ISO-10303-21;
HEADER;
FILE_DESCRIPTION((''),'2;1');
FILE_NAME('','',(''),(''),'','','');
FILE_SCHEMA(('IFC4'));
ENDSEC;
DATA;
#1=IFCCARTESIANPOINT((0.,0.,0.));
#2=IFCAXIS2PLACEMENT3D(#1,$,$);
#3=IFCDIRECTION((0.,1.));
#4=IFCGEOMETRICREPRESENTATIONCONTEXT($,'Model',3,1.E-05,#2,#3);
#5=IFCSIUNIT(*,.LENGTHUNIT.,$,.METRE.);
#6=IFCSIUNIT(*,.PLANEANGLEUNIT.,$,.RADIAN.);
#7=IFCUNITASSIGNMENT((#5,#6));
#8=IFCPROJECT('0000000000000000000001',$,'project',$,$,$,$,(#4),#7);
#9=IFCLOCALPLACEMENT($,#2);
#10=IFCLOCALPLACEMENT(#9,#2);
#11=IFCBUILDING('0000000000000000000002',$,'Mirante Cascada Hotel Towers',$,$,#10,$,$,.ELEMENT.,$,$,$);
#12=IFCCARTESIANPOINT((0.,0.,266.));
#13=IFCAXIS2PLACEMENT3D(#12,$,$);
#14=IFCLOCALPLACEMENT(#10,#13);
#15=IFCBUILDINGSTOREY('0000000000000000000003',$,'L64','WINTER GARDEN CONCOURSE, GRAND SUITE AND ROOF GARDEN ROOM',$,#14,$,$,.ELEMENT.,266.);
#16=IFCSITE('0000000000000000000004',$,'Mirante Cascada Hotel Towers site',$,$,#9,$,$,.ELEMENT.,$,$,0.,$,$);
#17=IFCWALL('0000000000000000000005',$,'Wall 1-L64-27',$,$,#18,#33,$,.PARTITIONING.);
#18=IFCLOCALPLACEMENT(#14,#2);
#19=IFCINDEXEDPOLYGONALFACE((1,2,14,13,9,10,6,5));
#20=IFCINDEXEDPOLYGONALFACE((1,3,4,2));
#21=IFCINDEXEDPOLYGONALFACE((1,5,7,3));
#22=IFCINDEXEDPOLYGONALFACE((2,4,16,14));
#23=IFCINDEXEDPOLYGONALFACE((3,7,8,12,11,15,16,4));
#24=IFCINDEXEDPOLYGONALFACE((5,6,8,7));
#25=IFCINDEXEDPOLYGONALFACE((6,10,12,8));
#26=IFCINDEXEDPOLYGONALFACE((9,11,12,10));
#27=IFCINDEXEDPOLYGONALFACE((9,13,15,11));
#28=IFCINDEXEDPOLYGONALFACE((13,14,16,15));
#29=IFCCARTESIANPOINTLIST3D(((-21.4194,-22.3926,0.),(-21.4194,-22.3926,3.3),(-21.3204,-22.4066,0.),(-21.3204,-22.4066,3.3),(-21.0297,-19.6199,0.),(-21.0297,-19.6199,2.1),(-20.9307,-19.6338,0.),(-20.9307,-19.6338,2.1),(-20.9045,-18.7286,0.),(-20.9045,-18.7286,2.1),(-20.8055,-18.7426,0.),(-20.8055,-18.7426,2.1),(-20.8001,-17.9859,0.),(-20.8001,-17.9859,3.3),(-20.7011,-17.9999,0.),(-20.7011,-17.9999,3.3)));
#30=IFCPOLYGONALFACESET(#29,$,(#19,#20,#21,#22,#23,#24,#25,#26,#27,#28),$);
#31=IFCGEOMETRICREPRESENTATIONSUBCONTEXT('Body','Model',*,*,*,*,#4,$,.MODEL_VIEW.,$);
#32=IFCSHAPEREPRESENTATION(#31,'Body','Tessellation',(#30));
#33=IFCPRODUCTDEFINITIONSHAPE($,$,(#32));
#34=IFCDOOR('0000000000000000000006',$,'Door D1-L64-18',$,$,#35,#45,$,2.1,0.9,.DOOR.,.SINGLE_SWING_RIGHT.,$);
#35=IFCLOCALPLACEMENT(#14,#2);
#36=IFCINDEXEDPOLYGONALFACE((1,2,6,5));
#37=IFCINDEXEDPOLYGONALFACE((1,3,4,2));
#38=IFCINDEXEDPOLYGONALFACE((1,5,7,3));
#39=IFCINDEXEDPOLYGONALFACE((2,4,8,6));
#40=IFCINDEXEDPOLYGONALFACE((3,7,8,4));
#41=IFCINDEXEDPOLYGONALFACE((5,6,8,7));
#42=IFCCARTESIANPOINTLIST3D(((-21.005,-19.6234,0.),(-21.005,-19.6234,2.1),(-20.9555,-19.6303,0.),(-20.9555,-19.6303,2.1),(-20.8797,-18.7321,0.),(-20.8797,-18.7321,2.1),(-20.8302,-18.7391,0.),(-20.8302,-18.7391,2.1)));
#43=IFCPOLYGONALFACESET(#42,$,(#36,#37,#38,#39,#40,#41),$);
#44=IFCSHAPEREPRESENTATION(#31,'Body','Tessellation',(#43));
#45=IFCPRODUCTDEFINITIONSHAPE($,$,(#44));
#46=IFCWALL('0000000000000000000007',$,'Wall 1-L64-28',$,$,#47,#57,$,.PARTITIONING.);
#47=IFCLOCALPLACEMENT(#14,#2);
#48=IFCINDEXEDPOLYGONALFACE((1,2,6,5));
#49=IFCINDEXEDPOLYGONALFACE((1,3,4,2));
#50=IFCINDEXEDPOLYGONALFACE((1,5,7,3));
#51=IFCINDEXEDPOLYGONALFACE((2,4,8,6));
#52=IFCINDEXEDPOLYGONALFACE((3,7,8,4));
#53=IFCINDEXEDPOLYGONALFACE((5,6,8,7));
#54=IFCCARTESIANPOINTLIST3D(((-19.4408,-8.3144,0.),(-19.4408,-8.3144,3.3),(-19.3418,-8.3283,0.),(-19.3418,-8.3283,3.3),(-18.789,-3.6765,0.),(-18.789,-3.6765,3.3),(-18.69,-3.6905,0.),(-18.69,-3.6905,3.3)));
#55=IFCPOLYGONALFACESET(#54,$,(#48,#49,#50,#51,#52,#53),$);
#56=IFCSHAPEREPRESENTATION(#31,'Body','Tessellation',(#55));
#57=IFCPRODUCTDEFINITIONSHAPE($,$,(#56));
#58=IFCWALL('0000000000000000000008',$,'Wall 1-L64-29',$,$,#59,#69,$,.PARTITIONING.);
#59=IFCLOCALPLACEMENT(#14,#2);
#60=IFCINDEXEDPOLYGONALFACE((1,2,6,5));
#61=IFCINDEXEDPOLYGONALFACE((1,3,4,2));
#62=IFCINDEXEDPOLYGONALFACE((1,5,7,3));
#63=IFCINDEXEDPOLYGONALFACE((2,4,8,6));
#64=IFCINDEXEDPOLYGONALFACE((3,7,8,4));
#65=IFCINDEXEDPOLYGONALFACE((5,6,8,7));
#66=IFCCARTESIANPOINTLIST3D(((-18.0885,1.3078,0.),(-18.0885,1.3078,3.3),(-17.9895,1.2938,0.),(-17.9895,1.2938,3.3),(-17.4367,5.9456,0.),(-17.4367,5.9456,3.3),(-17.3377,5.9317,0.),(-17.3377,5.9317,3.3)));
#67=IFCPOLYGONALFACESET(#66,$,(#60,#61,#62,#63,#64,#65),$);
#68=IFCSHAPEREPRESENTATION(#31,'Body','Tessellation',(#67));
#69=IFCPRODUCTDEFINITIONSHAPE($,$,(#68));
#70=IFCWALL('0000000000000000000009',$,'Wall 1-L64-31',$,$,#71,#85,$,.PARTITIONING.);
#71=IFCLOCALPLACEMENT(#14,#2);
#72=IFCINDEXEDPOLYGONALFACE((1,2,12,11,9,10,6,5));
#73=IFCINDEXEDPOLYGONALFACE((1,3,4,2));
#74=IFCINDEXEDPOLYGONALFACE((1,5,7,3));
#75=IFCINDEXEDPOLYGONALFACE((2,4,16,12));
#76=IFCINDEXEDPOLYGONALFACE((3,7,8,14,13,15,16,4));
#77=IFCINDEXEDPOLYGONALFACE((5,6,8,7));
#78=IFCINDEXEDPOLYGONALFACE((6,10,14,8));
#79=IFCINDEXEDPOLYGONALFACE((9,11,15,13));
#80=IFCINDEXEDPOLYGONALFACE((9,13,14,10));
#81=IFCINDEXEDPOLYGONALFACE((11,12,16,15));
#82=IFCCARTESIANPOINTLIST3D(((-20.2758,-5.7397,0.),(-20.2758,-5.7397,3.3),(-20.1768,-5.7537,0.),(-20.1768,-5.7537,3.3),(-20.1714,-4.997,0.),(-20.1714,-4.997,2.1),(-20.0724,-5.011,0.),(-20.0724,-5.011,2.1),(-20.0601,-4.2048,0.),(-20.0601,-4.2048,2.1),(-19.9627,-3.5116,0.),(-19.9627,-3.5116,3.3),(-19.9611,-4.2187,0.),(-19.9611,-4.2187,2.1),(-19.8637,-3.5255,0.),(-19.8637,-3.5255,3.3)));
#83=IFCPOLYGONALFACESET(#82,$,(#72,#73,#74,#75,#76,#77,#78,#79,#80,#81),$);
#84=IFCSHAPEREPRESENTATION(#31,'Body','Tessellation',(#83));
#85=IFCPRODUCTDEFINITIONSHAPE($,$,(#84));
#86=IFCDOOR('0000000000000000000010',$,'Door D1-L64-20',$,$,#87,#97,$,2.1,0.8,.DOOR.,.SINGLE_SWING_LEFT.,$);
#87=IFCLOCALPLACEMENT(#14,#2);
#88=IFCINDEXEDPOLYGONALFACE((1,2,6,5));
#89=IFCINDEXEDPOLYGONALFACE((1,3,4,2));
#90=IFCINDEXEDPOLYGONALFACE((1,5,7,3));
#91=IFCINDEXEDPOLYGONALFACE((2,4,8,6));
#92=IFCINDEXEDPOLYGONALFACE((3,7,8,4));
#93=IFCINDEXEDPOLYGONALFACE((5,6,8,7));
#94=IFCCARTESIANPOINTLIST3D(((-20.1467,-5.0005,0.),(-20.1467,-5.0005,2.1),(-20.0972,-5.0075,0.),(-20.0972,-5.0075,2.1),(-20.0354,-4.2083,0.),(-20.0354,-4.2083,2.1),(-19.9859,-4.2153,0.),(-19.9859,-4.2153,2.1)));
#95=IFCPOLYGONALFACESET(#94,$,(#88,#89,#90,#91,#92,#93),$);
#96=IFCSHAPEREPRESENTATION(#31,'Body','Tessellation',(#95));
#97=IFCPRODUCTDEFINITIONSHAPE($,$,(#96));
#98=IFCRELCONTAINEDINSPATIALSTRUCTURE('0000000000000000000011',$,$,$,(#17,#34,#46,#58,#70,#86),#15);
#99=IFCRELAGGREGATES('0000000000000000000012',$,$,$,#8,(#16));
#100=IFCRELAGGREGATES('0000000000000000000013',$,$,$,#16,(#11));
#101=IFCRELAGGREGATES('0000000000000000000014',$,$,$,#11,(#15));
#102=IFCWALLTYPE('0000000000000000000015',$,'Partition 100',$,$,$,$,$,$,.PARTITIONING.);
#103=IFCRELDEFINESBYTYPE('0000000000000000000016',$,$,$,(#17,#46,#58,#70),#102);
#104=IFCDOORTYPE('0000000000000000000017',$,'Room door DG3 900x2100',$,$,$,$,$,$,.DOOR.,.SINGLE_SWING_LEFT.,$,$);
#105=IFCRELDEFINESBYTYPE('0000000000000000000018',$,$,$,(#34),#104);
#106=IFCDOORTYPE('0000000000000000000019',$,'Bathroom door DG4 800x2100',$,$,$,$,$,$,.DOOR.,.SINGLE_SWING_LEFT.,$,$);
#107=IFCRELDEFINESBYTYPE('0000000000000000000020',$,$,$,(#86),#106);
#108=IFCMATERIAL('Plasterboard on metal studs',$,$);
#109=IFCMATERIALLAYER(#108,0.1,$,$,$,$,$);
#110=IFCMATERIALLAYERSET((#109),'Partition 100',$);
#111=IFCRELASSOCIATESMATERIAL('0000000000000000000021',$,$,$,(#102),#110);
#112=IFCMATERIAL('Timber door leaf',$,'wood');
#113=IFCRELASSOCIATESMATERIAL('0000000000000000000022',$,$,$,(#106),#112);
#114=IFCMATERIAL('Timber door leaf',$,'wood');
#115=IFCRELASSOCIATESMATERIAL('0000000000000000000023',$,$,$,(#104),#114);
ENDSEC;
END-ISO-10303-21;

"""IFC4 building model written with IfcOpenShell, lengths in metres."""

from ifc_helpers import new_model, si_unit, direction, frame, frame_2d, origin, place, context, subcontext, project, spatial, rectangle, extrude, material, layer, layer_set, type_object, element, fill, save


model = new_model("IFC4")

# Units and contexts
model_context = context("Model", 3, precision=1e-05, world=origin(), true_north=direction((0.0, 1.0)))
body_context = subcontext(model_context, "Body", "Model", "MODEL_VIEW")
ifc_project = project(units=[si_unit("LENGTHUNIT", "METRE"), si_unit("PLANEANGLEUNIT", "RADIAN")], contexts=[model_context])

# Site, building, storey
site_placement = place(None, origin())
site = spatial("IfcSite", under=ifc_project, at=site_placement, Name="Mirante Cascada Hotel Towers site", CompositionType="ELEMENT", RefElevation=0.0)
building_placement = place(site_placement, origin())
building = spatial("IfcBuilding", under=site, at=building_placement, Name="Mirante Cascada Hotel Towers", CompositionType="ELEMENT")
storey_placement = place(building_placement, frame((0.0, 0.0, 266.0)))
storey = spatial("IfcBuildingStorey", under=building, at=storey_placement, Name="L64", Description="WINTER GARDEN CONCOURSE, GRAND SUITE AND ROOF GARDEN ROOM", CompositionType="ELEMENT", Elevation=266.0)

# Shared definitions
ifc_material_1 = material(Name="Plasterboard on metal studs")
ifc_layer_1 = layer(ifc_material_1, 0.1)
ifc_layer_set_1 = layer_set([ifc_layer_1], Name="Partition 100")
wall_type_1 = type_object("IfcWallType", Name="Partition 100", PredefinedType="PARTITIONING", material=ifc_layer_set_1)

# Wall, opening, door
ifc_material_2 = material(Name="Timber door leaf", Category="wood")
door_type_1 = type_object("IfcDoorType", Name="Bathroom door DG4 800x2100", OperationType="SINGLE_SWING_LEFT", PredefinedType="DOOR", material=ifc_material_2)
wall_1_placement = place(storey_placement, frame((-21.3699, -22.3996, 0.0), z_axis=(0.0, 0.0, 1.0), x_axis=(0.139168, 0.990269, 0.0)))
wall_1 = element("IfcWall", 1, at=wall_1_placement, inside=storey, type_object=wall_type_1, Name="Wall 1-L64-27", PredefinedType="PARTITIONING", context=body_context, shape_type="SweptSolid", body=[
    extrude(rectangle(XDim=4.45, YDim=0.1, at=frame_2d((2.225, 0.0))), origin(), (0.0, 0.0, 1.0), 3.3),
])
opening_1_placement = place(wall_1_placement, frame((2.8, 0.0, 0.0)))
opening_1 = element("IfcOpeningElement", 2, at=opening_1_placement, cuts=wall_1, PredefinedType="OPENING", context=body_context, shape_type="SweptSolid", body=[
    extrude(rectangle(XDim=0.9, YDim=2.1, at=frame_2d((0.45, 1.05))), frame((0.0, 0.05, 0.0), z_axis=(0.0, -1.0, 0.0), x_axis=(1.0, 0.0, 0.0)), (0.0, 0.0, 1.0), 0.1),
])
ifc_material_3 = material(Name="Timber door leaf", Category="wood")
door_type_2 = type_object("IfcDoorType", Name="Room door DG3 900x2100", OperationType="SINGLE_SWING_LEFT", PredefinedType="DOOR", material=ifc_material_3)
door_1_placement = place(opening_1_placement, frame((0.9, 0.0, 0.0), z_axis=(0.0, 0.0, 1.0), x_axis=(-1.0, 0.0, 0.0)))
door_1 = element("IfcDoor", 3, at=door_1_placement, inside=storey, type_object=door_type_2, Name="Door D1-L64-18", OperationType="SINGLE_SWING_RIGHT", OverallHeight=2.1, OverallWidth=0.9, PredefinedType="DOOR", context=body_context, shape_type="SweptSolid", body=[
    extrude(rectangle(XDim=0.9, YDim=2.1, at=frame_2d((0.45, 1.05))), frame((0.0, 0.025, 0.0), z_axis=(0.0, -1.0, 0.0), x_axis=(1.0, 0.0, 0.0)), (0.0, 0.0, 1.0), 0.05),
])
fill(opening_1, door_1)

# Walls
for number, where, z_axis, x_axis, name in (
    (4, (-18.7395, -3.6835, 0.0), (0.0, 0.0, 1.0), (-0.139173, -0.990268, 0.0), "Wall 1-L64-28"),
    (5, (-18.039, 1.3008, 0.0), (0.0, 0.0, 1.0), (0.139173, 0.990268, 0.0), "Wall 1-L64-29"),
):
    element("IfcWall", number, at=place(storey_placement, frame(where, z_axis=z_axis, x_axis=x_axis)), inside=storey, type_object=wall_type_1, Name=name, PredefinedType="PARTITIONING", context=body_context, shape_type="SweptSolid", body=[
        extrude(rectangle(XDim=4.6834, YDim=0.1, at=frame_2d((2.3417, 0.0))), origin(), (0.0, 0.0, 1.0), 3.3),
    ])

# Wall, opening, door
wall_2_placement = place(storey_placement, frame((-20.2263, -5.7467, 0.0), z_axis=(0.0, 0.0, 1.0), x_axis=(0.139156, 0.990271, 0.0)))
wall_2 = element("IfcWall", 6, at=wall_2_placement, inside=storey, type_object=wall_type_1, Name="Wall 1-L64-31", PredefinedType="PARTITIONING", context=body_context, shape_type="SweptSolid", body=[
    extrude(rectangle(XDim=2.25, YDim=0.1, at=frame_2d((1.125, 0.0))), origin(), (0.0, 0.0, 1.0), 3.3),
])
opening_2_placement = place(wall_2_placement, frame((0.75, 0.0, 0.0)))
opening_2 = element("IfcOpeningElement", 7, at=opening_2_placement, cuts=wall_2, PredefinedType="OPENING", context=body_context, shape_type="SweptSolid", body=[
    extrude(rectangle(XDim=0.8, YDim=2.1, at=frame_2d((0.4, 1.05))), frame((0.0, 0.05, 0.0), z_axis=(0.0, -1.0, 0.0), x_axis=(1.0, 0.0, 0.0)), (0.0, 0.0, 1.0), 0.1),
])
door_2_placement = place(opening_2_placement, origin())
door_2 = element("IfcDoor", 8, at=door_2_placement, inside=storey, type_object=door_type_1, Name="Door D1-L64-20", OperationType="SINGLE_SWING_LEFT", OverallHeight=2.1, OverallWidth=0.8, PredefinedType="DOOR", context=body_context, shape_type="SweptSolid", body=[
    extrude(rectangle(XDim=0.8, YDim=2.1, at=frame_2d((0.4, 1.05))), frame((0.0, 0.025, 0.0), z_axis=(0.0, -1.0, 0.0), x_axis=(1.0, 0.0, 0.0)), (0.0, 0.0, 1.0), 0.05),
])
fill(opening_2, door_2)

save(model, "model.ifc")
